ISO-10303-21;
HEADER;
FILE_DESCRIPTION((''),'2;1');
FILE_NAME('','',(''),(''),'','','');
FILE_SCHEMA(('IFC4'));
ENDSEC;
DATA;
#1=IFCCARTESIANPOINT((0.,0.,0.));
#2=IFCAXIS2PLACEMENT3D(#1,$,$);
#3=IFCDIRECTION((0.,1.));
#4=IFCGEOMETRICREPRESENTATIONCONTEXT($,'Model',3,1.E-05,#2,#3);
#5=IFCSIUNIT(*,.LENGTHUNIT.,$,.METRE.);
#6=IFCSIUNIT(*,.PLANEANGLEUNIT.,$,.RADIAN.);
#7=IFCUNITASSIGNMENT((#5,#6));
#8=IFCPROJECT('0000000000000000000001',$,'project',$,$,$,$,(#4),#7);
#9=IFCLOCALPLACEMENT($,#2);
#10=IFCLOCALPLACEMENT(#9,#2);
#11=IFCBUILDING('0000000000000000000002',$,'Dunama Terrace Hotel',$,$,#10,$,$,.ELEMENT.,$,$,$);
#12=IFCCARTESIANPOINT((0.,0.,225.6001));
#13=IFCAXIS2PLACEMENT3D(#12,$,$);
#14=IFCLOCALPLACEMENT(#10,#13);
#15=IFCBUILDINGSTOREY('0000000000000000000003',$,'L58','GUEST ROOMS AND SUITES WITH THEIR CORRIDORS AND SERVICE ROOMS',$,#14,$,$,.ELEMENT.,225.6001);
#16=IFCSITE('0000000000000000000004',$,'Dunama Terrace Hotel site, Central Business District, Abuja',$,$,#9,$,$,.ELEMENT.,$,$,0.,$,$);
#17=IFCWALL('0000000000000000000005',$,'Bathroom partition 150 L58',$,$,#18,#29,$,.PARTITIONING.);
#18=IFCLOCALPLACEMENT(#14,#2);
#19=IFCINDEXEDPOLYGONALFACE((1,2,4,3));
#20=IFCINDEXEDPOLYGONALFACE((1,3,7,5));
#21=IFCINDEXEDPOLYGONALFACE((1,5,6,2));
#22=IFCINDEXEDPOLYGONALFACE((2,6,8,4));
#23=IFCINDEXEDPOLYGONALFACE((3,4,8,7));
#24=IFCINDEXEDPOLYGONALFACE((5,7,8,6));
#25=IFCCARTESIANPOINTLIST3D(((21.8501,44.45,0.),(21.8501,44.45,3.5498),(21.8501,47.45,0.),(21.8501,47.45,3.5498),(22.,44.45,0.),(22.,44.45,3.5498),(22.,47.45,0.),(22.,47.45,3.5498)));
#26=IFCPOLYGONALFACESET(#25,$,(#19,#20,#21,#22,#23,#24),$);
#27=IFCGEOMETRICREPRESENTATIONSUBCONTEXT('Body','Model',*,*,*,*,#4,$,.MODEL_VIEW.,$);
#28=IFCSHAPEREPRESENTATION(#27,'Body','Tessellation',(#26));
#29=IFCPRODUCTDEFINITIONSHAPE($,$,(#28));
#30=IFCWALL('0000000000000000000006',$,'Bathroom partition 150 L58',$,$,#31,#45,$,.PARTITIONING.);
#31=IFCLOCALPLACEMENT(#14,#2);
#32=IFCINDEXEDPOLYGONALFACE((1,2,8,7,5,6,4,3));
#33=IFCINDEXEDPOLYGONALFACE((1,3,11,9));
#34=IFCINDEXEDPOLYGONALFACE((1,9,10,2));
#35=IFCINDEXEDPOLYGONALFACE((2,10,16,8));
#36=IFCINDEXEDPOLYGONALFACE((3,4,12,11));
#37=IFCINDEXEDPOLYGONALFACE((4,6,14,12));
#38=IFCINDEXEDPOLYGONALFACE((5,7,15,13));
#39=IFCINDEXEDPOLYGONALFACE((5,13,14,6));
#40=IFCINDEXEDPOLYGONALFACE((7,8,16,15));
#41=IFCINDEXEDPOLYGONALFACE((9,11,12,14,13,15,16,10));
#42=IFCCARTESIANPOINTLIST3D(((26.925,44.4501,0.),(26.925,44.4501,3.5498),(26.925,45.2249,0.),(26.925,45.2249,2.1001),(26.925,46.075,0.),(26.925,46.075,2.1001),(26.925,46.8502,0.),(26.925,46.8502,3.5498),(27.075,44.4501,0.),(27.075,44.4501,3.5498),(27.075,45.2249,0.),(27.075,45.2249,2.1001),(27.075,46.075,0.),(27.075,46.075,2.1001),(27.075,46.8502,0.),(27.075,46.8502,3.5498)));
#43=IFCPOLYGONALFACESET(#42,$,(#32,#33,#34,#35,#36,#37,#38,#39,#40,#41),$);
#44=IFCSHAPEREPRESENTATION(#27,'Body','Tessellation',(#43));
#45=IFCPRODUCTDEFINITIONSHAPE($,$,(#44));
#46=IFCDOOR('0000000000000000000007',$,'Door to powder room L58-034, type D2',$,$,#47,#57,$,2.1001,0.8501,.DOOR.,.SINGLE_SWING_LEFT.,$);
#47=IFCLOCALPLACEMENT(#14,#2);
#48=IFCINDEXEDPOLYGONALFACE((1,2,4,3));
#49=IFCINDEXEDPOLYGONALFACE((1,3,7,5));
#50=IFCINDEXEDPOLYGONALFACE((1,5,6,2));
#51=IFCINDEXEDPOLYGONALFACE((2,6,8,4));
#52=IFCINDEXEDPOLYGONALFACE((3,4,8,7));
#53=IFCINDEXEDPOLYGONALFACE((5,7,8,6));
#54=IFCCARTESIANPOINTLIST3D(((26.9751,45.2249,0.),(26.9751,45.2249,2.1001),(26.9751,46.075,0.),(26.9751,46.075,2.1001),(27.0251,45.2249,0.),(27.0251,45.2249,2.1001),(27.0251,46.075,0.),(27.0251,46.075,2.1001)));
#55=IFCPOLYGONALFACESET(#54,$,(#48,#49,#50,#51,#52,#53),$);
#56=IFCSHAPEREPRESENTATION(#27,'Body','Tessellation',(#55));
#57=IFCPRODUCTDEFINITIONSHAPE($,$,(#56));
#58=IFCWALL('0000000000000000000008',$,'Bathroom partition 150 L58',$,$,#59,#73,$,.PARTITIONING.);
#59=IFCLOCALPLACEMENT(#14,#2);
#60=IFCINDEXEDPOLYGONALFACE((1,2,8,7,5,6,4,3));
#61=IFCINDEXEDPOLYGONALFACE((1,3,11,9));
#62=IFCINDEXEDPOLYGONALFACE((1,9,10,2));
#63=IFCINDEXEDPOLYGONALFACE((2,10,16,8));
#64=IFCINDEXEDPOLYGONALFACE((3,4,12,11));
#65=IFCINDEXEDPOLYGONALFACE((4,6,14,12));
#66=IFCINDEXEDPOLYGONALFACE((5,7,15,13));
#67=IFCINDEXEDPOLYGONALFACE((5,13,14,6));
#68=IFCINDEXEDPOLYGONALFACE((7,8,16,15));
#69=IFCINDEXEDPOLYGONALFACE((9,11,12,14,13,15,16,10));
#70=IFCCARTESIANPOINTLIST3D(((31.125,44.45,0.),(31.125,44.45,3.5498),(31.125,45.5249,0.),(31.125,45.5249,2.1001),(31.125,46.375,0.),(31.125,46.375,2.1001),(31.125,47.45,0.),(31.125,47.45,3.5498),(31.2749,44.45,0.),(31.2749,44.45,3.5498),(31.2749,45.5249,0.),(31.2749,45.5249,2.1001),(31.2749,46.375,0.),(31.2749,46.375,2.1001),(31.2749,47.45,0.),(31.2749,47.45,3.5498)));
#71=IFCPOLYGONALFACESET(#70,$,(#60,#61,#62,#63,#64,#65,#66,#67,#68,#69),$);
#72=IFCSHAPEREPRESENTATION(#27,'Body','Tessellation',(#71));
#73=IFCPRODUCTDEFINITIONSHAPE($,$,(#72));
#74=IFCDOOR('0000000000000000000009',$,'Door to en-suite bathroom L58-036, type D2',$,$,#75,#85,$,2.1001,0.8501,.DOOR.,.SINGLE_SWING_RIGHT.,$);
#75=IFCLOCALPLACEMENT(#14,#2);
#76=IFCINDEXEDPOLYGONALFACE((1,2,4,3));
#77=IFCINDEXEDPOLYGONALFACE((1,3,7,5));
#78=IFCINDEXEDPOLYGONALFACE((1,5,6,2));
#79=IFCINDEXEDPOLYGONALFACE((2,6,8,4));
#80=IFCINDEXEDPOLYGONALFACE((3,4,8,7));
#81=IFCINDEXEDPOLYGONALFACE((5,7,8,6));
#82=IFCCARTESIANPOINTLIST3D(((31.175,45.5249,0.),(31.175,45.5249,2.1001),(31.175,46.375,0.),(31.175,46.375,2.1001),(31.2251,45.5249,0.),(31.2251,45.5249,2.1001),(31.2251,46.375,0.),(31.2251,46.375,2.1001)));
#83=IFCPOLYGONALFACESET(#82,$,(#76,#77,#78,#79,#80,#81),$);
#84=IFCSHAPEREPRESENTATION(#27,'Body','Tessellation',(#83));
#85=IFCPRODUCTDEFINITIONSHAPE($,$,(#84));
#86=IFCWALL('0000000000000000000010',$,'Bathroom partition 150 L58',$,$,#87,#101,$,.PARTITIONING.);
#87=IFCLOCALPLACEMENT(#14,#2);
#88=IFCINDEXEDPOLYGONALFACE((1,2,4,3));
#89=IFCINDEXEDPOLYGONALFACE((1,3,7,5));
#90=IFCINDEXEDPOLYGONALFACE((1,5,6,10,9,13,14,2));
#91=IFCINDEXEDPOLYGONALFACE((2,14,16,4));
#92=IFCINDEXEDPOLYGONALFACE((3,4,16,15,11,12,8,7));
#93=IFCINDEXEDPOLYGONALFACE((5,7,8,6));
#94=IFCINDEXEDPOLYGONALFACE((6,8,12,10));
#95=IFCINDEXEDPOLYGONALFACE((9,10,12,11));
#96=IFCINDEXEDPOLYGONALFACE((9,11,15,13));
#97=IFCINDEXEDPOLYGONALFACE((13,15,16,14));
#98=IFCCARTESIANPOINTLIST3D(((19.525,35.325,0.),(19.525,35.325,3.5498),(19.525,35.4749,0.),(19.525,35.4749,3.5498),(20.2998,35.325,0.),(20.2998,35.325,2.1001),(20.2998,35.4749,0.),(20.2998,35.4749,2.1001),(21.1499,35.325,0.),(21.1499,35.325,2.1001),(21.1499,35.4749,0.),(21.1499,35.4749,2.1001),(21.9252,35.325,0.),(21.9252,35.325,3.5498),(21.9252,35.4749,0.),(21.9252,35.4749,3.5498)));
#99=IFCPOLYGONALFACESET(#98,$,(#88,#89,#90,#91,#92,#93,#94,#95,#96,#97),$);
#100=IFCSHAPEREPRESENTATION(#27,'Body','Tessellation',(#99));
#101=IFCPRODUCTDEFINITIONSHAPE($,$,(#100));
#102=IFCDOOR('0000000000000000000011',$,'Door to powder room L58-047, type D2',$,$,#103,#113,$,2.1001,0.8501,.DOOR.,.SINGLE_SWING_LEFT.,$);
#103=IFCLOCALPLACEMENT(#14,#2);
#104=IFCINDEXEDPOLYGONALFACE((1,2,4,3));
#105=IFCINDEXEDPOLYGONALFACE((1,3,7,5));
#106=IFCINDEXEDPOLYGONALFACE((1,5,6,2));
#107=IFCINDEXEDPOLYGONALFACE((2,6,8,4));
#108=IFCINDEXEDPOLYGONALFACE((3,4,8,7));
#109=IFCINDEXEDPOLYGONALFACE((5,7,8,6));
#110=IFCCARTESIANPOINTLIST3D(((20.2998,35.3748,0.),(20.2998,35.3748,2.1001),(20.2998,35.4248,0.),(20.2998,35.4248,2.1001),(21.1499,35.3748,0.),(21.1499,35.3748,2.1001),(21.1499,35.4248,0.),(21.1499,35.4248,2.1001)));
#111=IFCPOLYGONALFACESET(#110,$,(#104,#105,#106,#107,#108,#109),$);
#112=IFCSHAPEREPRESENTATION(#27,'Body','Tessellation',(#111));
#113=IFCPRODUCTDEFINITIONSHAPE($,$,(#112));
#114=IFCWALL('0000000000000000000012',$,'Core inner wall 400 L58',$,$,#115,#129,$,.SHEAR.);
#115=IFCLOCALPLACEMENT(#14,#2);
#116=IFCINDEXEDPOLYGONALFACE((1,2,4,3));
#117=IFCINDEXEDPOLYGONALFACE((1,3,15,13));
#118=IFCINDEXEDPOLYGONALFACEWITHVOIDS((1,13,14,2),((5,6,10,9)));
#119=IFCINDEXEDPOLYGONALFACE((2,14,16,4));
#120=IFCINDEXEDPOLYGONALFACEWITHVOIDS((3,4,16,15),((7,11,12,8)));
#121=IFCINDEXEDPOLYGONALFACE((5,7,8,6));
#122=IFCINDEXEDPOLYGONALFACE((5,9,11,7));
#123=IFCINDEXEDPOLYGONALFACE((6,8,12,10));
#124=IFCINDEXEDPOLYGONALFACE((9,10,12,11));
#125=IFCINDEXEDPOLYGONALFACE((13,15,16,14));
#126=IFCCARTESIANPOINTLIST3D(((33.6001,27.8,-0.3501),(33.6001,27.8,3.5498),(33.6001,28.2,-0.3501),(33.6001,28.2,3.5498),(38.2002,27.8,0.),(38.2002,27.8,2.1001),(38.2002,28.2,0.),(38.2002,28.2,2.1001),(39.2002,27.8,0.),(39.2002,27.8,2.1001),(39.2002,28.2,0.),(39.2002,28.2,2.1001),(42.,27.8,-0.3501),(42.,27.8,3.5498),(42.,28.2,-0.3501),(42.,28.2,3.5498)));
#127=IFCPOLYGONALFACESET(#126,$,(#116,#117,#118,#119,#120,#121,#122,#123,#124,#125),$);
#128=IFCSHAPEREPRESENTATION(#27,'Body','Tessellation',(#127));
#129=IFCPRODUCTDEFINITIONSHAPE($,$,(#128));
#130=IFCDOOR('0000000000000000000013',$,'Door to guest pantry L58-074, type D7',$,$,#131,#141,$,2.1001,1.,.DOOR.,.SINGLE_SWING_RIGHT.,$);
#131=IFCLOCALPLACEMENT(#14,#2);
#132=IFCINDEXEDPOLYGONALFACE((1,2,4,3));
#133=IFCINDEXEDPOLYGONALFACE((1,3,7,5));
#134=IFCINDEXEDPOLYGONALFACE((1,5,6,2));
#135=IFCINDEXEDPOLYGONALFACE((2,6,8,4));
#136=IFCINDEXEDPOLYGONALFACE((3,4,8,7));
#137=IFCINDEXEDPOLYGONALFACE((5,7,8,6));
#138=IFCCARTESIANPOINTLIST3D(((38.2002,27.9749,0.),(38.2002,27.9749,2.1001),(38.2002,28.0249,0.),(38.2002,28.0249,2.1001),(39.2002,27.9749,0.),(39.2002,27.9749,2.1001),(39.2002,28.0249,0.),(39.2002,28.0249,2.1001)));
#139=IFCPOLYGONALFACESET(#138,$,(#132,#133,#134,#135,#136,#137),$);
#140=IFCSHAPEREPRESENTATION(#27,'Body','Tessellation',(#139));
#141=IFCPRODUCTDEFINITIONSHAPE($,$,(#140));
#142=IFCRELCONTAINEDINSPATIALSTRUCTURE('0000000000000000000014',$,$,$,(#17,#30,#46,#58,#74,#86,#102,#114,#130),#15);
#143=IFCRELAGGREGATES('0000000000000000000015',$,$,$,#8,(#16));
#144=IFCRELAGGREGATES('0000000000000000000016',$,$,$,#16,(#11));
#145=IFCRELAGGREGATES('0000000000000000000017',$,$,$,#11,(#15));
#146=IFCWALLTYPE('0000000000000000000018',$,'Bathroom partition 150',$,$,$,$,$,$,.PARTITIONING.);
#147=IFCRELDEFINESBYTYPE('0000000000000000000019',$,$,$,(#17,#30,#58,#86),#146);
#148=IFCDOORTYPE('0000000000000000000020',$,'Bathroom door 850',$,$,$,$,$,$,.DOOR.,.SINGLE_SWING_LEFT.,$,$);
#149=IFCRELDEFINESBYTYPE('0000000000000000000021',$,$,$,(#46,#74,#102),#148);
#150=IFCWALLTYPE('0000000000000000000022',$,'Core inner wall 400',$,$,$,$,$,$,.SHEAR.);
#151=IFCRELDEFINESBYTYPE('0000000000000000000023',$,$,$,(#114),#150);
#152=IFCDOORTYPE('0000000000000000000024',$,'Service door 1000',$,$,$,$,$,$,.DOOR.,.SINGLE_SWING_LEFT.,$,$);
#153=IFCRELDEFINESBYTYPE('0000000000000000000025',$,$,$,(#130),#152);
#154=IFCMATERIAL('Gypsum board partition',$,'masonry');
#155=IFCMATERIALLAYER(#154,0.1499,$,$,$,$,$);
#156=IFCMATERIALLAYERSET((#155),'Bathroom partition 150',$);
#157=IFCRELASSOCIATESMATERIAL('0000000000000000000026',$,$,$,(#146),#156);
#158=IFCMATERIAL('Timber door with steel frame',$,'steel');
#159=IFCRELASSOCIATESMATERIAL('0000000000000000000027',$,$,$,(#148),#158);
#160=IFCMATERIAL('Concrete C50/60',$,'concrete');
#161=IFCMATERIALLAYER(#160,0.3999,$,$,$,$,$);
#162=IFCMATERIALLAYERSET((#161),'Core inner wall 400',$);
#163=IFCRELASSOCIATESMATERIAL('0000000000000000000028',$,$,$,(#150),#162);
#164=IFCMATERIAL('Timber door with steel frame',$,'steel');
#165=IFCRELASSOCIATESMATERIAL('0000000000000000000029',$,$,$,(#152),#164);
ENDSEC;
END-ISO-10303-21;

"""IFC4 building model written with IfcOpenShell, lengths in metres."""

from ifc_helpers import new_model, si_unit, direction, frame, frame_2d, origin, place, context, subcontext, project, spatial, rectangle, extrude, material, layer, layer_set, type_object, element, fill, save


model = new_model("IFC4")

# Units and contexts
model_context = context("Model", 3, precision=1e-05, world=origin(), true_north=direction((0.0, 1.0)))
body_context = subcontext(model_context, "Body", "Model", "MODEL_VIEW")
ifc_project = project(units=[si_unit("LENGTHUNIT", "METRE"), si_unit("PLANEANGLEUNIT", "RADIAN")], contexts=[model_context])

# Site, building, storey
site_placement = place(None, origin())
site = spatial("IfcSite", under=ifc_project, at=site_placement, Name="Dunama Terrace Hotel site, Central Business District, Abuja", CompositionType="ELEMENT", RefElevation=0.0)
building_placement = place(site_placement, origin())
building = spatial("IfcBuilding", under=site, at=building_placement, Name="Dunama Terrace Hotel", CompositionType="ELEMENT")
storey_placement = place(building_placement, frame((0.0, 0.0, 225.6001)))
storey = spatial("IfcBuildingStorey", under=building, at=storey_placement, Name="L58", Description="GUEST ROOMS AND SUITES WITH THEIR CORRIDORS AND SERVICE ROOMS", CompositionType="ELEMENT", Elevation=225.6001)

# Wall
ifc_material_1 = material(Name="Gypsum board partition", Category="masonry")
ifc_layer_1 = layer(ifc_material_1, 0.1499)
ifc_layer_set_1 = layer_set([ifc_layer_1], Name="Bathroom partition 150")
wall_type_1 = type_object("IfcWallType", Name="Bathroom partition 150", PredefinedType="PARTITIONING", material=ifc_layer_set_1)
wall_1_placement = place(storey_placement, frame((21.925, 44.45, 0.0), z_axis=(0.0, 0.0, 1.0), x_axis=(0.0, 1.0, 0.0)))
element("IfcWall", 1, at=wall_1_placement, inside=storey, type_object=wall_type_1, Name="Bathroom partition 150 L58", PredefinedType="PARTITIONING", context=body_context, shape_type="SweptSolid", body=[
    extrude(rectangle(XDim=3.0, YDim=0.1499, at=frame_2d((1.5, 0.0))), origin(), (0.0, 0.0, 1.0), 3.5498),
])

# Walls, openings, doors
wall_2_placement = place(storey_placement, frame((27.0, 44.45, 0.0), z_axis=(0.0, 0.0, 1.0), x_axis=(0.0, 1.0, 0.0)))
wall_2 = element("IfcWall", 2, at=wall_2_placement, inside=storey, type_object=wall_type_1, Name="Bathroom partition 150 L58", PredefinedType="PARTITIONING", context=body_context, shape_type="SweptSolid", body=[
    extrude(rectangle(XDim=2.4001, YDim=0.1499, at=frame_2d((1.2002, 0.0))), origin(), (0.0, 0.0, 1.0), 3.5498),
])
opening_1_placement = place(wall_2_placement, frame((0.7749, 0.0, 0.0)))
opening_1 = element("IfcOpeningElement", 3, at=opening_1_placement, cuts=wall_2, PredefinedType="OPENING", context=body_context, shape_type="SweptSolid", body=[
    extrude(rectangle(XDim=0.8501, YDim=2.1001, at=frame_2d((0.425, 1.05))), frame((0.0, 0.085, 0.0), z_axis=(0.0, -1.0, 0.0), x_axis=(1.0, 0.0, 0.0)), (0.0, 0.0, 1.0), 0.1699),
])
ifc_material_2 = material(Name="Timber door with steel frame", Category="steel")
door_type_1 = type_object("IfcDoorType", Name="Bathroom door 850", OperationType="SINGLE_SWING_LEFT", PredefinedType="DOOR", material=ifc_material_2)
door_1_placement = place(opening_1_placement, origin())
door_1 = element("IfcDoor", 4, at=door_1_placement, inside=storey, type_object=door_type_1, Name="Door to powder room L58-034, type D2", OperationType="SINGLE_SWING_LEFT", OverallHeight=2.1001, OverallWidth=0.8501, PredefinedType="DOOR", context=body_context, shape_type="SweptSolid", body=[
    extrude(rectangle(XDim=0.8501, YDim=2.1001, at=frame_2d((0.425, 1.05))), frame((0.0, 0.0249, 0.0), z_axis=(0.0, -1.0, 0.0), x_axis=(1.0, 0.0, 0.0)), (0.0, 0.0, 1.0), 0.05),
])
fill(opening_1, door_1)
wall_3_placement = place(storey_placement, frame((31.2, 44.45, 0.0), z_axis=(0.0, 0.0, 1.0), x_axis=(0.0, 1.0, 0.0)))
wall_3 = element("IfcWall", 5, at=wall_3_placement, inside=storey, type_object=wall_type_1, Name="Bathroom partition 150 L58", PredefinedType="PARTITIONING", context=body_context, shape_type="SweptSolid", body=[
    extrude(rectangle(XDim=3.0, YDim=0.1499, at=frame_2d((1.5, 0.0))), origin(), (0.0, 0.0, 1.0), 3.5498),
])
opening_2_placement = place(wall_3_placement, frame((1.075, 0.0, 0.0)))
opening_2 = element("IfcOpeningElement", 6, at=opening_2_placement, cuts=wall_3, PredefinedType="OPENING", context=body_context, shape_type="SweptSolid", body=[
    extrude(rectangle(XDim=0.8501, YDim=2.1001, at=frame_2d((0.425, 1.05))), frame((0.0, 0.085, 0.0), z_axis=(0.0, -1.0, 0.0), x_axis=(1.0, 0.0, 0.0)), (0.0, 0.0, 1.0), 0.1699),
])
door_2_placement = place(opening_2_placement, frame((0.8501, 0.0, 0.0), z_axis=(0.0, 0.0, 1.0), x_axis=(-1.0, 0.0, 0.0)))
door_2 = element("IfcDoor", 7, at=door_2_placement, inside=storey, type_object=door_type_1, Name="Door to en-suite bathroom L58-036, type D2", OperationType="SINGLE_SWING_RIGHT", OverallHeight=2.1001, OverallWidth=0.8501, PredefinedType="DOOR", context=body_context, shape_type="SweptSolid", body=[
    extrude(rectangle(XDim=0.8501, YDim=2.1001, at=frame_2d((0.425, 1.05))), frame((0.0, 0.0251, 0.0), z_axis=(0.0, -1.0, 0.0), x_axis=(1.0, 0.0, 0.0)), (0.0, 0.0, 1.0), 0.05),
])
fill(opening_2, door_2)
wall_4_placement = place(storey_placement, frame((19.5249, 35.3999, 0.0), z_axis=(0.0, 0.0, 1.0), x_axis=(1.0, 0.0, 0.0)))
wall_4 = element("IfcWall", 8, at=wall_4_placement, inside=storey, type_object=wall_type_1, Name="Bathroom partition 150 L58", PredefinedType="PARTITIONING", context=body_context, shape_type="SweptSolid", body=[
    extrude(rectangle(XDim=2.4001, YDim=0.1499, at=frame_2d((1.2002, 0.0))), origin(), (0.0, 0.0, 1.0), 3.5498),
])
opening_3_placement = place(wall_4_placement, frame((0.7749, 0.0, 0.0)))
opening_3 = element("IfcOpeningElement", 9, at=opening_3_placement, cuts=wall_4, PredefinedType="OPENING", context=body_context, shape_type="SweptSolid", body=[
    extrude(rectangle(XDim=0.8501, YDim=2.1001, at=frame_2d((0.425, 1.05))), frame((0.0, 0.085, 0.0), z_axis=(0.0, -1.0, 0.0), x_axis=(1.0, 0.0, 0.0)), (0.0, 0.0, 1.0), 0.1699),
])
door_3_placement = place(opening_3_placement, frame((0.8501, 0.0, 0.0), z_axis=(0.0, 0.0, 1.0), x_axis=(-1.0, 0.0, 0.0)))
door_3 = element("IfcDoor", 10, at=door_3_placement, inside=storey, type_object=door_type_1, Name="Door to powder room L58-047, type D2", OperationType="SINGLE_SWING_LEFT", OverallHeight=2.1001, OverallWidth=0.8501, PredefinedType="DOOR", context=body_context, shape_type="SweptSolid", body=[
    extrude(rectangle(XDim=0.8501, YDim=2.1001, at=frame_2d((0.425, 1.05))), frame((0.0, 0.0251, 0.0), z_axis=(0.0, -1.0, 0.0), x_axis=(1.0, 0.0, 0.0)), (0.0, 0.0, 1.0), 0.05),
])
fill(opening_3, door_3)
ifc_material_3 = material(Name="Concrete C50/60", Category="concrete")
ifc_layer_2 = layer(ifc_material_3, 0.3999)
ifc_layer_set_2 = layer_set([ifc_layer_2], Name="Core inner wall 400")
wall_type_2 = type_object("IfcWallType", Name="Core inner wall 400", PredefinedType="SHEAR", material=ifc_layer_set_2)
wall_5_placement = place(storey_placement, frame((33.6001, 28.0, -0.3501), z_axis=(0.0, 0.0, 1.0), x_axis=(1.0, 0.0, 0.0)))
wall_5 = element("IfcWall", 11, at=wall_5_placement, inside=storey, type_object=wall_type_2, Name="Core inner wall 400 L58", PredefinedType="SHEAR", context=body_context, shape_type="SweptSolid", body=[
    extrude(rectangle(XDim=8.3999, YDim=0.3999, at=frame_2d((4.2, 0.0))), origin(), (0.0, 0.0, 1.0), 3.8999),
])
opening_4_placement = place(wall_5_placement, frame((4.6001, 0.0, 0.3501)))
opening_4 = element("IfcOpeningElement", 12, at=opening_4_placement, cuts=wall_5, PredefinedType="OPENING", context=body_context, shape_type="SweptSolid", body=[
    extrude(rectangle(XDim=1.0, YDim=2.1001, at=frame_2d((0.5, 1.05))), frame((0.0, 0.21, 0.0), z_axis=(0.0, -1.0, 0.0), x_axis=(1.0, 0.0, 0.0)), (0.0, 0.0, 1.0), 0.4199),
])
ifc_material_4 = material(Name="Timber door with steel frame", Category="steel")
door_type_2 = type_object("IfcDoorType", Name="Service door 1000", OperationType="SINGLE_SWING_LEFT", PredefinedType="DOOR", material=ifc_material_4)
door_4_placement = place(opening_4_placement, frame((1.0, 0.0, 0.0), z_axis=(0.0, 0.0, 1.0), x_axis=(-1.0, 0.0, 0.0)))
door_4 = element("IfcDoor", 13, at=door_4_placement, inside=storey, type_object=door_type_2, Name="Door to guest pantry L58-074, type D7", OperationType="SINGLE_SWING_RIGHT", OverallHeight=2.1001, OverallWidth=1.0, PredefinedType="DOOR", context=body_context, shape_type="SweptSolid", body=[
    extrude(rectangle(XDim=1.0, YDim=2.1001, at=frame_2d((0.5, 1.05))), frame((0.0, 0.0251, 0.0), z_axis=(0.0, -1.0, 0.0), x_axis=(1.0, 0.0, 0.0)), (0.0, 0.0, 1.0), 0.05),
])
fill(opening_4, door_4)

save(model, "model.ifc")
